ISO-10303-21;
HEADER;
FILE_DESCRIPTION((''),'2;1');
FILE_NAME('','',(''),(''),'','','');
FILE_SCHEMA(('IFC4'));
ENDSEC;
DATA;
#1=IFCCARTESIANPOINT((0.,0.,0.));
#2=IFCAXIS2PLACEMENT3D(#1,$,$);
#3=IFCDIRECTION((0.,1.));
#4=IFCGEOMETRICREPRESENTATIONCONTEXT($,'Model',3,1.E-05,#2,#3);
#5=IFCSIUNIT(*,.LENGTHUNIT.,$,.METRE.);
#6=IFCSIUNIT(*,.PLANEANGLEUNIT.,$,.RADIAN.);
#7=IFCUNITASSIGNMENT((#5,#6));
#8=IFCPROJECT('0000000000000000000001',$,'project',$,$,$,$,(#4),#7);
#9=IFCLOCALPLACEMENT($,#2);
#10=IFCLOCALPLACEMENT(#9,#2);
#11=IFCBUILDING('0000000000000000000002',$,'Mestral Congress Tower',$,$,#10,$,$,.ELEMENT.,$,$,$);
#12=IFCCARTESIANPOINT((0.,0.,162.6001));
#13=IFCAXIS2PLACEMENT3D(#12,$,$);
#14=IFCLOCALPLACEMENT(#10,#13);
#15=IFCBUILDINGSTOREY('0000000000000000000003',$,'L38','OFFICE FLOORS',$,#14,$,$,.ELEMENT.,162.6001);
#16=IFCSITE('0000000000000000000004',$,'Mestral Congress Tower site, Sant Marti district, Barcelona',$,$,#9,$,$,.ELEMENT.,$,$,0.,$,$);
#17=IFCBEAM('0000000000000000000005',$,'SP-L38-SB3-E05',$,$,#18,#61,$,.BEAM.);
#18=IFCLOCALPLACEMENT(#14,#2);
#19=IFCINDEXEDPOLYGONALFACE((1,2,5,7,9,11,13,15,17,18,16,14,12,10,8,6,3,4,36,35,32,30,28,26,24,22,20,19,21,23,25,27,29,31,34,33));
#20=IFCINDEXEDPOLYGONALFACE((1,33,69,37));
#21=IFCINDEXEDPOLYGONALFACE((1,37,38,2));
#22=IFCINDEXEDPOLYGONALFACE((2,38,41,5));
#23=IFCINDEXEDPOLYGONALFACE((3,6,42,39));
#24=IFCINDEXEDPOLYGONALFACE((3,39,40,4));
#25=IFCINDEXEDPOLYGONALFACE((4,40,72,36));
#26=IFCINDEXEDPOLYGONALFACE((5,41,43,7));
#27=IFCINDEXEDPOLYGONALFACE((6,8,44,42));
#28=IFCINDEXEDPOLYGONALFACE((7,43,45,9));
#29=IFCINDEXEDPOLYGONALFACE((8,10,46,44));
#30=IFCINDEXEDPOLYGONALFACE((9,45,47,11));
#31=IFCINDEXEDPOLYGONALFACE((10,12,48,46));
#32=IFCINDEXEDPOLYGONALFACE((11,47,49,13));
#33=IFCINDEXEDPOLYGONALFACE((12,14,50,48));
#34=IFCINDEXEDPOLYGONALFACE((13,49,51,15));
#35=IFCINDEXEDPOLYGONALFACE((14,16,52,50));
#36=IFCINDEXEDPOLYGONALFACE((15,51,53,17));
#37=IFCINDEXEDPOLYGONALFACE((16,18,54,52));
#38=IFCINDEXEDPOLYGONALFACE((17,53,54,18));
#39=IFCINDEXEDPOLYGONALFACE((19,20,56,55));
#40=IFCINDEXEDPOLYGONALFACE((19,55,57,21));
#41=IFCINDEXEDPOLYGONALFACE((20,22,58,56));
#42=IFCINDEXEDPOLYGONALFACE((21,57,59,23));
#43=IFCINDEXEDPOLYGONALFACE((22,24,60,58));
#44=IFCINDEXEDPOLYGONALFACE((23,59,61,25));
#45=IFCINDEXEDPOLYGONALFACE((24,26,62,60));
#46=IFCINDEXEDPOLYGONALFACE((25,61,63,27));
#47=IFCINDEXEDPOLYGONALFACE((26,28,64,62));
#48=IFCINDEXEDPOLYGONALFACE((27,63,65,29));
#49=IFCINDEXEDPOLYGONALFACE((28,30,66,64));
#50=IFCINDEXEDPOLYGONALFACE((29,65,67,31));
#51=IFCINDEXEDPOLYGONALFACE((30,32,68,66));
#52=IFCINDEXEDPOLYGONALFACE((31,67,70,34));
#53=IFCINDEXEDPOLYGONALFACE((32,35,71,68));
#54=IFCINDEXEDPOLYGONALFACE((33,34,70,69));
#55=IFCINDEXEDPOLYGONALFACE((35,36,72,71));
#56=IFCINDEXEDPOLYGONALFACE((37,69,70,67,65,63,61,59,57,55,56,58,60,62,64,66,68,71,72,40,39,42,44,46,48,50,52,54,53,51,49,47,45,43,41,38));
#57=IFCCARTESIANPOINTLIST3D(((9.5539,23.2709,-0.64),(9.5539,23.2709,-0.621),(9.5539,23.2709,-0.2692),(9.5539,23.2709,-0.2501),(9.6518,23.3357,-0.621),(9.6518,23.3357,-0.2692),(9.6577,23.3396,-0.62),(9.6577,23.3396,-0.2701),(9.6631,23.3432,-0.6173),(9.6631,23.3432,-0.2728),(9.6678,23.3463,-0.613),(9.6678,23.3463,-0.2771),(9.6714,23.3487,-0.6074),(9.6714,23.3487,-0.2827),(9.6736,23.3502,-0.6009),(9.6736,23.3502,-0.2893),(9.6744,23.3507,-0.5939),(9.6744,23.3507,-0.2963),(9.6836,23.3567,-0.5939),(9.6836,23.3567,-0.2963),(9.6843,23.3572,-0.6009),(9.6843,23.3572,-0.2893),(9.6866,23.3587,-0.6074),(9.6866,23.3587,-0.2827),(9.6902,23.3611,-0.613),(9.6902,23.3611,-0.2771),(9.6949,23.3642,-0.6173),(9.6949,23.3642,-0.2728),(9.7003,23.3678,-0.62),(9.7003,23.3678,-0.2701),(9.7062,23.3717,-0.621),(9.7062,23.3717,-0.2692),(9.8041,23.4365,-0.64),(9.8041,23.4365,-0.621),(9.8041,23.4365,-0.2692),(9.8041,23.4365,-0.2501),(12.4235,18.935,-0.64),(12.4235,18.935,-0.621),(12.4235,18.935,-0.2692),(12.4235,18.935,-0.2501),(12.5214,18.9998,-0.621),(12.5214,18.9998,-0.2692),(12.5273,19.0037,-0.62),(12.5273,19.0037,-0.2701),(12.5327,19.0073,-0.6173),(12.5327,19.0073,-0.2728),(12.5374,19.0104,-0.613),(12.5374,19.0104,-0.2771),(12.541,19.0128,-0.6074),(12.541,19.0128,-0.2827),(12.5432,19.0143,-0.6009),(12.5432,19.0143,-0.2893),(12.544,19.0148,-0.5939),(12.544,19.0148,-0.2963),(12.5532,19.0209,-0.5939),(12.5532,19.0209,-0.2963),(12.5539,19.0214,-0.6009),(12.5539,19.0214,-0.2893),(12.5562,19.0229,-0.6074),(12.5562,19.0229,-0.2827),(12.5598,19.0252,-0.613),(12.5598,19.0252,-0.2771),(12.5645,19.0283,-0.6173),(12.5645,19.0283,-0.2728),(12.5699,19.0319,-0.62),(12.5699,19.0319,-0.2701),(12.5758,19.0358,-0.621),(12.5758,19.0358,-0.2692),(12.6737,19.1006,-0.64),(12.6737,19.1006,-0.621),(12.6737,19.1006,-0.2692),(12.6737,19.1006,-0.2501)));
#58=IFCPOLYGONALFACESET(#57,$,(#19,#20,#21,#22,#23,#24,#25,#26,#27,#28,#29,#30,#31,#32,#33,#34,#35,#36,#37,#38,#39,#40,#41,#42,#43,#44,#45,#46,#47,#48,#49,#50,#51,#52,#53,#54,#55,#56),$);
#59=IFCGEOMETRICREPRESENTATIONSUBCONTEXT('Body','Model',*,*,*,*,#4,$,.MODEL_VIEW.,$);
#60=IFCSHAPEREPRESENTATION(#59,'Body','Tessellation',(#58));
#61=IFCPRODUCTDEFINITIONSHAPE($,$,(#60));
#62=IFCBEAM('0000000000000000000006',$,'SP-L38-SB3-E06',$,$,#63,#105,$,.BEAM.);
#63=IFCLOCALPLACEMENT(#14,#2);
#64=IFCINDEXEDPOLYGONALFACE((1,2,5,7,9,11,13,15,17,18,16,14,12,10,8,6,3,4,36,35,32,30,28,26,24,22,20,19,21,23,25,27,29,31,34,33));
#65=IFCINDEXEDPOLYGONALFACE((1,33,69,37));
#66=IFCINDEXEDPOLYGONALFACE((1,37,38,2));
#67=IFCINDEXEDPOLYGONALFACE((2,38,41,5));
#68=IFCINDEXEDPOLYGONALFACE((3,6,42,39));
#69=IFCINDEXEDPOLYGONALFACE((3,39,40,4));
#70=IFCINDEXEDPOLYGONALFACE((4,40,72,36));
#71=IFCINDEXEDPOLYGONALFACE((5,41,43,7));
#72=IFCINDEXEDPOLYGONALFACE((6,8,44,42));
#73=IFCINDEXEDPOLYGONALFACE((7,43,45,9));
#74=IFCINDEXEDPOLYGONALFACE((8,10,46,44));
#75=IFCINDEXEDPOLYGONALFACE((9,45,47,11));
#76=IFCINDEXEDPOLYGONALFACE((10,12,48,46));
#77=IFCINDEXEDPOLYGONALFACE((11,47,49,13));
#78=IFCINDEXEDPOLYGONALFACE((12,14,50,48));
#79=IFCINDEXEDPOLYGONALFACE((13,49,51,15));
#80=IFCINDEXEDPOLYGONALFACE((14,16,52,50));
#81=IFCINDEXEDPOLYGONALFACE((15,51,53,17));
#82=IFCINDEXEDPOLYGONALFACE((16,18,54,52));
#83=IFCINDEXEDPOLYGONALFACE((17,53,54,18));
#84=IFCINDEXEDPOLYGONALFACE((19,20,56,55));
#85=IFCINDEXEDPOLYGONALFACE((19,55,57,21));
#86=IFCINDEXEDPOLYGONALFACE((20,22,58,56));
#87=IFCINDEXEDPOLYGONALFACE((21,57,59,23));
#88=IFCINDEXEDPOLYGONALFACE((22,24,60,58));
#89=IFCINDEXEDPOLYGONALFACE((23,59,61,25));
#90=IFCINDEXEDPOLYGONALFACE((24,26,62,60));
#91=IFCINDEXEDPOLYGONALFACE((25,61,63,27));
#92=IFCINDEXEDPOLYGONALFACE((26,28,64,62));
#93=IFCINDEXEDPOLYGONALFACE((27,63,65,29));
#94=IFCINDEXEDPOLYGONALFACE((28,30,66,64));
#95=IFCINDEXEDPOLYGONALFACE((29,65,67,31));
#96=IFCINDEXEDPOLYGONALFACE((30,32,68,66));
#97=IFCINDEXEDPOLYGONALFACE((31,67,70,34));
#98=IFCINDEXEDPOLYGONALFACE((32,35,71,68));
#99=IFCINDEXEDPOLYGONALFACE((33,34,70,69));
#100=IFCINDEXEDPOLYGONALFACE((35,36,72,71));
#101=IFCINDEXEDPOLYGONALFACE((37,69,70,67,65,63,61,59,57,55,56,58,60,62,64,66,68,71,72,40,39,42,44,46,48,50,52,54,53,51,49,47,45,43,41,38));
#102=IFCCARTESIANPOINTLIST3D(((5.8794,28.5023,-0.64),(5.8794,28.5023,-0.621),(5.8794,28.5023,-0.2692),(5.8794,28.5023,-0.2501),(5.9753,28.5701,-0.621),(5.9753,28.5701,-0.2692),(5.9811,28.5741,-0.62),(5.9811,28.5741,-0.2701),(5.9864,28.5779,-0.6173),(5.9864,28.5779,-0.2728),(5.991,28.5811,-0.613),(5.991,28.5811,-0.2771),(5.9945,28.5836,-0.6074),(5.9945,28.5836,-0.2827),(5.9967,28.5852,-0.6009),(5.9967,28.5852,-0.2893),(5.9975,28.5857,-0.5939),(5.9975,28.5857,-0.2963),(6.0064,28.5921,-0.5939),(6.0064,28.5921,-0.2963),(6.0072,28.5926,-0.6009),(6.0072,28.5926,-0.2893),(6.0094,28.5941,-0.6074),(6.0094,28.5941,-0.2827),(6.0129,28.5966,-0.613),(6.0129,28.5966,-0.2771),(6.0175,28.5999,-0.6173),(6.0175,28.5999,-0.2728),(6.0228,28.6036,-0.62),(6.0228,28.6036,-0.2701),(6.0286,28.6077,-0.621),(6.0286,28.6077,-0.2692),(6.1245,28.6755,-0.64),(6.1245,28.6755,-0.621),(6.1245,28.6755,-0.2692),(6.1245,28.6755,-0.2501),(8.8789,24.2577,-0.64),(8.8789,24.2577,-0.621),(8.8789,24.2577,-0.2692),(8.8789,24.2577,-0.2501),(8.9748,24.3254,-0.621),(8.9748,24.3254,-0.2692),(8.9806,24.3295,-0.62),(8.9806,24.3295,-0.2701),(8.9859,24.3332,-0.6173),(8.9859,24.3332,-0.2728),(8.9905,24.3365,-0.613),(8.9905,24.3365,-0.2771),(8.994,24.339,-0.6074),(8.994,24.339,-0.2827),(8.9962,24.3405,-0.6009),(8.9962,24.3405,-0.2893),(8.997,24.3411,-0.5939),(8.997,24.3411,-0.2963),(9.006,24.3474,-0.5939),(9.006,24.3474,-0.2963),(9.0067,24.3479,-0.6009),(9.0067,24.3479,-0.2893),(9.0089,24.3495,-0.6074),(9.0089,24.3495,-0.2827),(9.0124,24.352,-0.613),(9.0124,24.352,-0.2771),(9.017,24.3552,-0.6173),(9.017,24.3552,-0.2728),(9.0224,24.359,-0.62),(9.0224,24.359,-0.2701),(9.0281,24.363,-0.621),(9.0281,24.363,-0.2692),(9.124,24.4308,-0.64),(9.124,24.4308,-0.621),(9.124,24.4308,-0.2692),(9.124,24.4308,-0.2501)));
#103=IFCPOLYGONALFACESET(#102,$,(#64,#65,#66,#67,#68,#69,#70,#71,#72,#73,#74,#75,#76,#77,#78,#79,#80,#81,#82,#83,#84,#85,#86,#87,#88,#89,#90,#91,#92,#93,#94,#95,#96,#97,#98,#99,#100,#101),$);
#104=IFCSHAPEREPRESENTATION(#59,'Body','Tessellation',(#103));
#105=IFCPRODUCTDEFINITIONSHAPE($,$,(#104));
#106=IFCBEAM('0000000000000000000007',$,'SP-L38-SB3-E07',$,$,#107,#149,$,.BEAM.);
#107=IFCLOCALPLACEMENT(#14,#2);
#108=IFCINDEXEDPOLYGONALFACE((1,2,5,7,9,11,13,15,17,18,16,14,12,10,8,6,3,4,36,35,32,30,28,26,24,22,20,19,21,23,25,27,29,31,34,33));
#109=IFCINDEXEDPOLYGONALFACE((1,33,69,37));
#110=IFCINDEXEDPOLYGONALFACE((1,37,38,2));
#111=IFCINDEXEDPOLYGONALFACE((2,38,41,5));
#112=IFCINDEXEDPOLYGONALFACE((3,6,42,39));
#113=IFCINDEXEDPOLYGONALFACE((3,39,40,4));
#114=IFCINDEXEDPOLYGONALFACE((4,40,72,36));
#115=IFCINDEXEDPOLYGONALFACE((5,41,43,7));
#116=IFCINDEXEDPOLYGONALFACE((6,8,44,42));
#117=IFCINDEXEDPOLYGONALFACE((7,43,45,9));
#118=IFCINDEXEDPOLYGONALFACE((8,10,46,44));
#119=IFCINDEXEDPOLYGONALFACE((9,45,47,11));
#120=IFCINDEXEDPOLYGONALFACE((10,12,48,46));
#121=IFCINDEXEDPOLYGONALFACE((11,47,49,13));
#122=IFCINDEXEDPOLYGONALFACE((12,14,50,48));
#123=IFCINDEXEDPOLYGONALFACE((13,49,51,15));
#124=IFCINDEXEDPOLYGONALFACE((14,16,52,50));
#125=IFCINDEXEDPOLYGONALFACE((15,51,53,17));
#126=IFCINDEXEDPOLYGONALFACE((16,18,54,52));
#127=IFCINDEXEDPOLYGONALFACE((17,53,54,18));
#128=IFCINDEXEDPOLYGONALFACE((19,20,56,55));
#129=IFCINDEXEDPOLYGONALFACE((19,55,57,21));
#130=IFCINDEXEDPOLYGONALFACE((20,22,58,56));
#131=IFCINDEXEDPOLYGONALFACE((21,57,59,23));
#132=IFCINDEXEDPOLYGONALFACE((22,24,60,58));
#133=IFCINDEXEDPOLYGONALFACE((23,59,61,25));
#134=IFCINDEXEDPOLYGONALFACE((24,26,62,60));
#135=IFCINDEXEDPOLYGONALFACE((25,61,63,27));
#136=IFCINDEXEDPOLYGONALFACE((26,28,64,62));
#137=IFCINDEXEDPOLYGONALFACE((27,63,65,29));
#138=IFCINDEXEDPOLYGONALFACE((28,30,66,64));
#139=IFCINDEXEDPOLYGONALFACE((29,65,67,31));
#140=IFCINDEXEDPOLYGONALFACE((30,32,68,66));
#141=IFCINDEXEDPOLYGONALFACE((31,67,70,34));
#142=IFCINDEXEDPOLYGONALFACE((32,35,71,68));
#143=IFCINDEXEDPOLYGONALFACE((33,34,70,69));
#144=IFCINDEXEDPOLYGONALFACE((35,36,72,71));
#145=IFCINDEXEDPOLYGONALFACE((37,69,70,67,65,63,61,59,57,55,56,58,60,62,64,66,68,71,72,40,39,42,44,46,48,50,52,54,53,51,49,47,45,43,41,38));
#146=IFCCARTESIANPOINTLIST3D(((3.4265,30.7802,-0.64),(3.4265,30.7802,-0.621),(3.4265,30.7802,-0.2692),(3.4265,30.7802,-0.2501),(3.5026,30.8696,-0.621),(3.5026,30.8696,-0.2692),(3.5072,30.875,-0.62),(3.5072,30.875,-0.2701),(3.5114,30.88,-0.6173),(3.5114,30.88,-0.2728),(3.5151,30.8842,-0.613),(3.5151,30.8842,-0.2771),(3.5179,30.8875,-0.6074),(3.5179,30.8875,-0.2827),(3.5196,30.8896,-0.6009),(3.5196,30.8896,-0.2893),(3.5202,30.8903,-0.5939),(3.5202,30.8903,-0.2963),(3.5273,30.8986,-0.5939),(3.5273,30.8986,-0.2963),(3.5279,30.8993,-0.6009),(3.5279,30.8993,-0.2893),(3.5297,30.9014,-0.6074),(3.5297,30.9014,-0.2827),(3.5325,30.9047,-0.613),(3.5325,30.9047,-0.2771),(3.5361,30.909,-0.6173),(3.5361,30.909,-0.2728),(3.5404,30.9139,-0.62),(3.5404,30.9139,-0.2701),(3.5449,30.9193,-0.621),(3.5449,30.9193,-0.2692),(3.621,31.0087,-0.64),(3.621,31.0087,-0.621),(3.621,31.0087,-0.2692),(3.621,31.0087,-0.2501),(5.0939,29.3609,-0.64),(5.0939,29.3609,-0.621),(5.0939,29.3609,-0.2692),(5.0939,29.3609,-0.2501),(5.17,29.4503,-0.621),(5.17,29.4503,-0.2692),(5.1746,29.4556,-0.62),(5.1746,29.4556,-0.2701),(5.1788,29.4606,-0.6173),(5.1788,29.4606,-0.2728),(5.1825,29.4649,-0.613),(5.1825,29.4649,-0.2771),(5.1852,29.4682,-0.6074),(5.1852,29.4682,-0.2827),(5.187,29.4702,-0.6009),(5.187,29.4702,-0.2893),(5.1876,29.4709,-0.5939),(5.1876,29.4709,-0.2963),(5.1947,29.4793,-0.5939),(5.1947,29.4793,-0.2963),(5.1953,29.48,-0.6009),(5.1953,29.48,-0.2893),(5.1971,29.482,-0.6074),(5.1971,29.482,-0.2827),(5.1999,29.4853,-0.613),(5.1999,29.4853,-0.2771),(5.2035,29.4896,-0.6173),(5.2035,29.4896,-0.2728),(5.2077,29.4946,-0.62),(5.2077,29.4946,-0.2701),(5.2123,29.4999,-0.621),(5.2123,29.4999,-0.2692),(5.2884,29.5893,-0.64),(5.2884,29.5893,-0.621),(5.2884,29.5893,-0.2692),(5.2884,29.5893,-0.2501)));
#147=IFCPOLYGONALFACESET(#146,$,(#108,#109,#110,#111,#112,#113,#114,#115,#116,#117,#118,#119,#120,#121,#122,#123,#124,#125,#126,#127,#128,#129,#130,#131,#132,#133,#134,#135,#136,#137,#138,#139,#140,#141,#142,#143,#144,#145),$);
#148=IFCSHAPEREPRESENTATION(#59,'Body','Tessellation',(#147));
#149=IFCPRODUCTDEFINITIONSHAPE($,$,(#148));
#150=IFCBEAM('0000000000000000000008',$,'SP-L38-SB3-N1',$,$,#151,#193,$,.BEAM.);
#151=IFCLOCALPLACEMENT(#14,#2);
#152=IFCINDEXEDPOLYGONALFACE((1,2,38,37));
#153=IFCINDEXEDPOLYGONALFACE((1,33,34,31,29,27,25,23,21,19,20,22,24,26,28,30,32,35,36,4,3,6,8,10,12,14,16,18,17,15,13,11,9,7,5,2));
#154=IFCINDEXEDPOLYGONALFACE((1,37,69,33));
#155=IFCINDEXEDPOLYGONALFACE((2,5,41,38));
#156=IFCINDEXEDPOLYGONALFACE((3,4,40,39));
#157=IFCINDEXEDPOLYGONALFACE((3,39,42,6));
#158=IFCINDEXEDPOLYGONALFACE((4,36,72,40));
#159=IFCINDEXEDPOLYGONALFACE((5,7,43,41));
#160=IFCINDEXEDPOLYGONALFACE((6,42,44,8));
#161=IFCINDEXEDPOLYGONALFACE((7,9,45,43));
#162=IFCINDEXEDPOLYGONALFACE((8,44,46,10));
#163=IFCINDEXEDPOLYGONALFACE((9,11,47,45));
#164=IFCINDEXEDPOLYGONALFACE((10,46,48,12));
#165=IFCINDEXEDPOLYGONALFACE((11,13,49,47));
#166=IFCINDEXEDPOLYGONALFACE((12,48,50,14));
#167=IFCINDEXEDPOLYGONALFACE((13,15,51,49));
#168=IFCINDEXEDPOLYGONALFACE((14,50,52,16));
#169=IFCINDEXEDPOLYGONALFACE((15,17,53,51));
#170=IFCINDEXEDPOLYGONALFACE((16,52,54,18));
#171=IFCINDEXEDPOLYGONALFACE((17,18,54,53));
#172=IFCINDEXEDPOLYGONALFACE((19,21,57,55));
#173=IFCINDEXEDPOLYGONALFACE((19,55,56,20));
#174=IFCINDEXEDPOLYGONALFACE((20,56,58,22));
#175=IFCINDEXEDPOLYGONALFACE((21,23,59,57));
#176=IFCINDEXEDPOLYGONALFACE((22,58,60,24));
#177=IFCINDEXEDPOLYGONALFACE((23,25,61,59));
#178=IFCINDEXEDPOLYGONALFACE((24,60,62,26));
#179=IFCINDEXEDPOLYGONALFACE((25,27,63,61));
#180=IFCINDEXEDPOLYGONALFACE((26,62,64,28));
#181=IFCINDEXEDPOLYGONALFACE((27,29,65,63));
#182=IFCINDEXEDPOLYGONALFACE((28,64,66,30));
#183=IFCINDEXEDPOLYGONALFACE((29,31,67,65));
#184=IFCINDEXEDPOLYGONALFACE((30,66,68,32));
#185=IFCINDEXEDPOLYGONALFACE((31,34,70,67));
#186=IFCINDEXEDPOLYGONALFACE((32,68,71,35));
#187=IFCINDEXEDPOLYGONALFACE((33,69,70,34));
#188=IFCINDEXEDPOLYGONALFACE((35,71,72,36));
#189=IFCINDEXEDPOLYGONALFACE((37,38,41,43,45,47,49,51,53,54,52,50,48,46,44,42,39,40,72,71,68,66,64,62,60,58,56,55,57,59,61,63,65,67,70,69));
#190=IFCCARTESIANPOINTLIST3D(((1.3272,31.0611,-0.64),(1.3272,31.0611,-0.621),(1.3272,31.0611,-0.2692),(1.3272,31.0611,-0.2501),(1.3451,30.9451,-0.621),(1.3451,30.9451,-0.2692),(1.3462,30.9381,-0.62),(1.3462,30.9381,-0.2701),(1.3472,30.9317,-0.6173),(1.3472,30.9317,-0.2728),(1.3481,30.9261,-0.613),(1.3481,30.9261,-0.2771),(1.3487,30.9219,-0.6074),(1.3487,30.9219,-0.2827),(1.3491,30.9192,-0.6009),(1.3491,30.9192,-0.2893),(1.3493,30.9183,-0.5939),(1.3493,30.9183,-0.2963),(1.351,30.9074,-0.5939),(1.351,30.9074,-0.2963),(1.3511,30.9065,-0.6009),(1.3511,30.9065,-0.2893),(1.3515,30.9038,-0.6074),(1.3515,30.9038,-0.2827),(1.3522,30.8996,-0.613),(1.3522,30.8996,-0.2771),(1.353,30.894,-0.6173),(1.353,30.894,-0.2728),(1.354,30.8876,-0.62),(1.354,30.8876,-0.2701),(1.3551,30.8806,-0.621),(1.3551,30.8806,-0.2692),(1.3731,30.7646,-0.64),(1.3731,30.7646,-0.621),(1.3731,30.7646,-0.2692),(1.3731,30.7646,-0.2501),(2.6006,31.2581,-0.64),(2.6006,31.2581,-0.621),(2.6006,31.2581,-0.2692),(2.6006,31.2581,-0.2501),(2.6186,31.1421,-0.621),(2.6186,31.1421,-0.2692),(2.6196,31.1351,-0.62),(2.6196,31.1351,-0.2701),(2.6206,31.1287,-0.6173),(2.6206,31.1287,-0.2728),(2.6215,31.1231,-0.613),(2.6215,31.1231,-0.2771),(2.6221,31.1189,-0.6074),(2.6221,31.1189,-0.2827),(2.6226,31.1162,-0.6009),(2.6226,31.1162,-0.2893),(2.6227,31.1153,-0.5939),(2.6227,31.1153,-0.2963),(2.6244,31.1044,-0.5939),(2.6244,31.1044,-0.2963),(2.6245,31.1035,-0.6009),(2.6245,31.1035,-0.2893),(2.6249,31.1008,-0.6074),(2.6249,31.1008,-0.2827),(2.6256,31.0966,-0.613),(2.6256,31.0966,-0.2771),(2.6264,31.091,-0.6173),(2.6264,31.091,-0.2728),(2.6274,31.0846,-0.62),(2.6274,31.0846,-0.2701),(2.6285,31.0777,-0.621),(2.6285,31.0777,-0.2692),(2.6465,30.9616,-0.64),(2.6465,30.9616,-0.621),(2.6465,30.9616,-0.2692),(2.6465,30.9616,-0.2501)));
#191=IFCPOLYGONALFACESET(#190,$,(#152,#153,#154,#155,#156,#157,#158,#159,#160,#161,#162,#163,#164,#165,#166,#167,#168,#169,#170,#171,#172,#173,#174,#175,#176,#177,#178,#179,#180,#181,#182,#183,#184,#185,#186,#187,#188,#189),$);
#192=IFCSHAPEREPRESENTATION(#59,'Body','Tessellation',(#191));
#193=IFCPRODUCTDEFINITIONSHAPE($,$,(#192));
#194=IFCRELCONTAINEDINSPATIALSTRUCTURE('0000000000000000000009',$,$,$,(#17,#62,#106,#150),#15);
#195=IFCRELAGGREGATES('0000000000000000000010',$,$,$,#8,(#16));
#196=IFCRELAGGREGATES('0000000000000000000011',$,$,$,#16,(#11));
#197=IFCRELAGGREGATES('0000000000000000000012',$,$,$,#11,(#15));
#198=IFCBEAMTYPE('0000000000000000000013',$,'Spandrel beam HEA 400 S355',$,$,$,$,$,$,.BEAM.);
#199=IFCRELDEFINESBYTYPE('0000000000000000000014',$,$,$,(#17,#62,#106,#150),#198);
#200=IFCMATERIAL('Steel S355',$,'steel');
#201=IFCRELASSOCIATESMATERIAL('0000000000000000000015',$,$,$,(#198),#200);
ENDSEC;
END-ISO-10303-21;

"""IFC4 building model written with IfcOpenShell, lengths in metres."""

from ifc_helpers import new_model, si_unit, direction, frame, origin, origin_2d, place, context, subcontext, project, spatial, i_section, extrude, material, material_profile, profile_set, type_object, element, save


model = new_model("IFC4")

# Units and contexts
model_context = context("Model", 3, precision=1e-05, world=origin(), true_north=direction((0.0, 1.0)))
body_context = subcontext(model_context, "Body", "Model", "MODEL_VIEW")
ifc_project = project(units=[si_unit("LENGTHUNIT", "METRE"), si_unit("PLANEANGLEUNIT", "RADIAN")], contexts=[model_context])

# Site, building, storey
site_placement = place(None, origin())
site = spatial("IfcSite", under=ifc_project, at=site_placement, Name="Mestral Congress Tower site, Sant Marti district, Barcelona", CompositionType="ELEMENT", RefElevation=0.0)
building_placement = place(site_placement, origin())
building = spatial("IfcBuilding", under=site, at=building_placement, Name="Mestral Congress Tower", CompositionType="ELEMENT")
storey_placement = place(building_placement, frame((0.0, 0.0, 162.6001)))
storey = spatial("IfcBuildingStorey", under=building, at=storey_placement, Name="L38", Description="OFFICE FLOORS", CompositionType="ELEMENT", Elevation=162.6001)

# Beams
ifc_material_1 = material(Name="Steel S355", Category="steel")
ifc_material_profile_1 = material_profile(ifc_material_1, i_section(OverallWidth=0.3, OverallDepth=0.3899, WebThickness=0.011, FlangeThickness=0.019, FilletRadius=0.0271, at=origin_2d()), Name="HEA 400")
ifc_profile_set_1 = profile_set([ifc_material_profile_1], Name="Steel S355")
beam_type_1 = type_object("IfcBeamType", Name="Spandrel beam HEA 400 S355", PredefinedType="BEAM", material=ifc_profile_set_1)
beam_1_placement = place(storey_placement, frame((12.5486, 19.0178, -0.4451), z_axis=(-0.551901, 0.833909, 0.0), x_axis=(-0.833909, -0.551901, 0.0)))
element("IfcBeam", 1, at=beam_1_placement, inside=storey, type_object=beam_type_1, Name="SP-L38-SB3-E05", PredefinedType="BEAM", context=body_context, shape_type="SweptSolid", body=[
    extrude(i_section(OverallWidth=0.3, OverallDepth=0.3899, WebThickness=0.011, FlangeThickness=0.019, FilletRadius=0.0271, at=origin_2d()), origin(), (0.0, 0.0, 1.0), 5.1995),
])
beam_2_placement = place(storey_placement, frame((9.0015, 24.3442, -0.4451), z_axis=(-0.577107, 0.816668, 0.0), x_axis=(-0.816668, -0.577107, 0.0)))
element("IfcBeam", 2, at=beam_2_placement, inside=storey, type_object=beam_type_1, Name="SP-L38-SB3-E06", PredefinedType="BEAM", context=body_context, shape_type="SweptSolid", body=[
    extrude(i_section(OverallWidth=0.3, OverallDepth=0.3899, WebThickness=0.011, FlangeThickness=0.019, FilletRadius=0.0271, at=origin_2d()), origin(), (0.0, 0.0, 1.0), 5.1975),
])
beam_3_placement = place(storey_placement, frame((5.1912, 29.4751, -0.4451), z_axis=(-0.761471, 0.648198, 0.0), x_axis=(-0.648198, -0.761471, 0.0)))
element("IfcBeam", 3, at=beam_3_placement, inside=storey, type_object=beam_type_1, Name="SP-L38-SB3-E07", PredefinedType="BEAM", context=body_context, shape_type="SweptSolid", body=[
    extrude(i_section(OverallWidth=0.3, OverallDepth=0.3899, WebThickness=0.011, FlangeThickness=0.019, FilletRadius=0.0271, at=origin_2d()), origin(), (0.0, 0.0, 1.0), 2.1897),
])
beam_4_placement = place(storey_placement, frame((2.6235, 31.1099, -0.4451), z_axis=(-0.988242, -0.152897, 0.0), x_axis=(0.152897, -0.988242, 0.0)))
element("IfcBeam", 4, at=beam_4_placement, inside=storey, type_object=beam_type_1, Name="SP-L38-SB3-N1", PredefinedType="BEAM", context=body_context, shape_type="SweptSolid", body=[
    extrude(i_section(OverallWidth=0.3, OverallDepth=0.3899, WebThickness=0.011, FlangeThickness=0.019, FilletRadius=0.0271, at=origin_2d()), origin(), (0.0, 0.0, 1.0), 1.2886),
])

save(model, "model.ifc")
